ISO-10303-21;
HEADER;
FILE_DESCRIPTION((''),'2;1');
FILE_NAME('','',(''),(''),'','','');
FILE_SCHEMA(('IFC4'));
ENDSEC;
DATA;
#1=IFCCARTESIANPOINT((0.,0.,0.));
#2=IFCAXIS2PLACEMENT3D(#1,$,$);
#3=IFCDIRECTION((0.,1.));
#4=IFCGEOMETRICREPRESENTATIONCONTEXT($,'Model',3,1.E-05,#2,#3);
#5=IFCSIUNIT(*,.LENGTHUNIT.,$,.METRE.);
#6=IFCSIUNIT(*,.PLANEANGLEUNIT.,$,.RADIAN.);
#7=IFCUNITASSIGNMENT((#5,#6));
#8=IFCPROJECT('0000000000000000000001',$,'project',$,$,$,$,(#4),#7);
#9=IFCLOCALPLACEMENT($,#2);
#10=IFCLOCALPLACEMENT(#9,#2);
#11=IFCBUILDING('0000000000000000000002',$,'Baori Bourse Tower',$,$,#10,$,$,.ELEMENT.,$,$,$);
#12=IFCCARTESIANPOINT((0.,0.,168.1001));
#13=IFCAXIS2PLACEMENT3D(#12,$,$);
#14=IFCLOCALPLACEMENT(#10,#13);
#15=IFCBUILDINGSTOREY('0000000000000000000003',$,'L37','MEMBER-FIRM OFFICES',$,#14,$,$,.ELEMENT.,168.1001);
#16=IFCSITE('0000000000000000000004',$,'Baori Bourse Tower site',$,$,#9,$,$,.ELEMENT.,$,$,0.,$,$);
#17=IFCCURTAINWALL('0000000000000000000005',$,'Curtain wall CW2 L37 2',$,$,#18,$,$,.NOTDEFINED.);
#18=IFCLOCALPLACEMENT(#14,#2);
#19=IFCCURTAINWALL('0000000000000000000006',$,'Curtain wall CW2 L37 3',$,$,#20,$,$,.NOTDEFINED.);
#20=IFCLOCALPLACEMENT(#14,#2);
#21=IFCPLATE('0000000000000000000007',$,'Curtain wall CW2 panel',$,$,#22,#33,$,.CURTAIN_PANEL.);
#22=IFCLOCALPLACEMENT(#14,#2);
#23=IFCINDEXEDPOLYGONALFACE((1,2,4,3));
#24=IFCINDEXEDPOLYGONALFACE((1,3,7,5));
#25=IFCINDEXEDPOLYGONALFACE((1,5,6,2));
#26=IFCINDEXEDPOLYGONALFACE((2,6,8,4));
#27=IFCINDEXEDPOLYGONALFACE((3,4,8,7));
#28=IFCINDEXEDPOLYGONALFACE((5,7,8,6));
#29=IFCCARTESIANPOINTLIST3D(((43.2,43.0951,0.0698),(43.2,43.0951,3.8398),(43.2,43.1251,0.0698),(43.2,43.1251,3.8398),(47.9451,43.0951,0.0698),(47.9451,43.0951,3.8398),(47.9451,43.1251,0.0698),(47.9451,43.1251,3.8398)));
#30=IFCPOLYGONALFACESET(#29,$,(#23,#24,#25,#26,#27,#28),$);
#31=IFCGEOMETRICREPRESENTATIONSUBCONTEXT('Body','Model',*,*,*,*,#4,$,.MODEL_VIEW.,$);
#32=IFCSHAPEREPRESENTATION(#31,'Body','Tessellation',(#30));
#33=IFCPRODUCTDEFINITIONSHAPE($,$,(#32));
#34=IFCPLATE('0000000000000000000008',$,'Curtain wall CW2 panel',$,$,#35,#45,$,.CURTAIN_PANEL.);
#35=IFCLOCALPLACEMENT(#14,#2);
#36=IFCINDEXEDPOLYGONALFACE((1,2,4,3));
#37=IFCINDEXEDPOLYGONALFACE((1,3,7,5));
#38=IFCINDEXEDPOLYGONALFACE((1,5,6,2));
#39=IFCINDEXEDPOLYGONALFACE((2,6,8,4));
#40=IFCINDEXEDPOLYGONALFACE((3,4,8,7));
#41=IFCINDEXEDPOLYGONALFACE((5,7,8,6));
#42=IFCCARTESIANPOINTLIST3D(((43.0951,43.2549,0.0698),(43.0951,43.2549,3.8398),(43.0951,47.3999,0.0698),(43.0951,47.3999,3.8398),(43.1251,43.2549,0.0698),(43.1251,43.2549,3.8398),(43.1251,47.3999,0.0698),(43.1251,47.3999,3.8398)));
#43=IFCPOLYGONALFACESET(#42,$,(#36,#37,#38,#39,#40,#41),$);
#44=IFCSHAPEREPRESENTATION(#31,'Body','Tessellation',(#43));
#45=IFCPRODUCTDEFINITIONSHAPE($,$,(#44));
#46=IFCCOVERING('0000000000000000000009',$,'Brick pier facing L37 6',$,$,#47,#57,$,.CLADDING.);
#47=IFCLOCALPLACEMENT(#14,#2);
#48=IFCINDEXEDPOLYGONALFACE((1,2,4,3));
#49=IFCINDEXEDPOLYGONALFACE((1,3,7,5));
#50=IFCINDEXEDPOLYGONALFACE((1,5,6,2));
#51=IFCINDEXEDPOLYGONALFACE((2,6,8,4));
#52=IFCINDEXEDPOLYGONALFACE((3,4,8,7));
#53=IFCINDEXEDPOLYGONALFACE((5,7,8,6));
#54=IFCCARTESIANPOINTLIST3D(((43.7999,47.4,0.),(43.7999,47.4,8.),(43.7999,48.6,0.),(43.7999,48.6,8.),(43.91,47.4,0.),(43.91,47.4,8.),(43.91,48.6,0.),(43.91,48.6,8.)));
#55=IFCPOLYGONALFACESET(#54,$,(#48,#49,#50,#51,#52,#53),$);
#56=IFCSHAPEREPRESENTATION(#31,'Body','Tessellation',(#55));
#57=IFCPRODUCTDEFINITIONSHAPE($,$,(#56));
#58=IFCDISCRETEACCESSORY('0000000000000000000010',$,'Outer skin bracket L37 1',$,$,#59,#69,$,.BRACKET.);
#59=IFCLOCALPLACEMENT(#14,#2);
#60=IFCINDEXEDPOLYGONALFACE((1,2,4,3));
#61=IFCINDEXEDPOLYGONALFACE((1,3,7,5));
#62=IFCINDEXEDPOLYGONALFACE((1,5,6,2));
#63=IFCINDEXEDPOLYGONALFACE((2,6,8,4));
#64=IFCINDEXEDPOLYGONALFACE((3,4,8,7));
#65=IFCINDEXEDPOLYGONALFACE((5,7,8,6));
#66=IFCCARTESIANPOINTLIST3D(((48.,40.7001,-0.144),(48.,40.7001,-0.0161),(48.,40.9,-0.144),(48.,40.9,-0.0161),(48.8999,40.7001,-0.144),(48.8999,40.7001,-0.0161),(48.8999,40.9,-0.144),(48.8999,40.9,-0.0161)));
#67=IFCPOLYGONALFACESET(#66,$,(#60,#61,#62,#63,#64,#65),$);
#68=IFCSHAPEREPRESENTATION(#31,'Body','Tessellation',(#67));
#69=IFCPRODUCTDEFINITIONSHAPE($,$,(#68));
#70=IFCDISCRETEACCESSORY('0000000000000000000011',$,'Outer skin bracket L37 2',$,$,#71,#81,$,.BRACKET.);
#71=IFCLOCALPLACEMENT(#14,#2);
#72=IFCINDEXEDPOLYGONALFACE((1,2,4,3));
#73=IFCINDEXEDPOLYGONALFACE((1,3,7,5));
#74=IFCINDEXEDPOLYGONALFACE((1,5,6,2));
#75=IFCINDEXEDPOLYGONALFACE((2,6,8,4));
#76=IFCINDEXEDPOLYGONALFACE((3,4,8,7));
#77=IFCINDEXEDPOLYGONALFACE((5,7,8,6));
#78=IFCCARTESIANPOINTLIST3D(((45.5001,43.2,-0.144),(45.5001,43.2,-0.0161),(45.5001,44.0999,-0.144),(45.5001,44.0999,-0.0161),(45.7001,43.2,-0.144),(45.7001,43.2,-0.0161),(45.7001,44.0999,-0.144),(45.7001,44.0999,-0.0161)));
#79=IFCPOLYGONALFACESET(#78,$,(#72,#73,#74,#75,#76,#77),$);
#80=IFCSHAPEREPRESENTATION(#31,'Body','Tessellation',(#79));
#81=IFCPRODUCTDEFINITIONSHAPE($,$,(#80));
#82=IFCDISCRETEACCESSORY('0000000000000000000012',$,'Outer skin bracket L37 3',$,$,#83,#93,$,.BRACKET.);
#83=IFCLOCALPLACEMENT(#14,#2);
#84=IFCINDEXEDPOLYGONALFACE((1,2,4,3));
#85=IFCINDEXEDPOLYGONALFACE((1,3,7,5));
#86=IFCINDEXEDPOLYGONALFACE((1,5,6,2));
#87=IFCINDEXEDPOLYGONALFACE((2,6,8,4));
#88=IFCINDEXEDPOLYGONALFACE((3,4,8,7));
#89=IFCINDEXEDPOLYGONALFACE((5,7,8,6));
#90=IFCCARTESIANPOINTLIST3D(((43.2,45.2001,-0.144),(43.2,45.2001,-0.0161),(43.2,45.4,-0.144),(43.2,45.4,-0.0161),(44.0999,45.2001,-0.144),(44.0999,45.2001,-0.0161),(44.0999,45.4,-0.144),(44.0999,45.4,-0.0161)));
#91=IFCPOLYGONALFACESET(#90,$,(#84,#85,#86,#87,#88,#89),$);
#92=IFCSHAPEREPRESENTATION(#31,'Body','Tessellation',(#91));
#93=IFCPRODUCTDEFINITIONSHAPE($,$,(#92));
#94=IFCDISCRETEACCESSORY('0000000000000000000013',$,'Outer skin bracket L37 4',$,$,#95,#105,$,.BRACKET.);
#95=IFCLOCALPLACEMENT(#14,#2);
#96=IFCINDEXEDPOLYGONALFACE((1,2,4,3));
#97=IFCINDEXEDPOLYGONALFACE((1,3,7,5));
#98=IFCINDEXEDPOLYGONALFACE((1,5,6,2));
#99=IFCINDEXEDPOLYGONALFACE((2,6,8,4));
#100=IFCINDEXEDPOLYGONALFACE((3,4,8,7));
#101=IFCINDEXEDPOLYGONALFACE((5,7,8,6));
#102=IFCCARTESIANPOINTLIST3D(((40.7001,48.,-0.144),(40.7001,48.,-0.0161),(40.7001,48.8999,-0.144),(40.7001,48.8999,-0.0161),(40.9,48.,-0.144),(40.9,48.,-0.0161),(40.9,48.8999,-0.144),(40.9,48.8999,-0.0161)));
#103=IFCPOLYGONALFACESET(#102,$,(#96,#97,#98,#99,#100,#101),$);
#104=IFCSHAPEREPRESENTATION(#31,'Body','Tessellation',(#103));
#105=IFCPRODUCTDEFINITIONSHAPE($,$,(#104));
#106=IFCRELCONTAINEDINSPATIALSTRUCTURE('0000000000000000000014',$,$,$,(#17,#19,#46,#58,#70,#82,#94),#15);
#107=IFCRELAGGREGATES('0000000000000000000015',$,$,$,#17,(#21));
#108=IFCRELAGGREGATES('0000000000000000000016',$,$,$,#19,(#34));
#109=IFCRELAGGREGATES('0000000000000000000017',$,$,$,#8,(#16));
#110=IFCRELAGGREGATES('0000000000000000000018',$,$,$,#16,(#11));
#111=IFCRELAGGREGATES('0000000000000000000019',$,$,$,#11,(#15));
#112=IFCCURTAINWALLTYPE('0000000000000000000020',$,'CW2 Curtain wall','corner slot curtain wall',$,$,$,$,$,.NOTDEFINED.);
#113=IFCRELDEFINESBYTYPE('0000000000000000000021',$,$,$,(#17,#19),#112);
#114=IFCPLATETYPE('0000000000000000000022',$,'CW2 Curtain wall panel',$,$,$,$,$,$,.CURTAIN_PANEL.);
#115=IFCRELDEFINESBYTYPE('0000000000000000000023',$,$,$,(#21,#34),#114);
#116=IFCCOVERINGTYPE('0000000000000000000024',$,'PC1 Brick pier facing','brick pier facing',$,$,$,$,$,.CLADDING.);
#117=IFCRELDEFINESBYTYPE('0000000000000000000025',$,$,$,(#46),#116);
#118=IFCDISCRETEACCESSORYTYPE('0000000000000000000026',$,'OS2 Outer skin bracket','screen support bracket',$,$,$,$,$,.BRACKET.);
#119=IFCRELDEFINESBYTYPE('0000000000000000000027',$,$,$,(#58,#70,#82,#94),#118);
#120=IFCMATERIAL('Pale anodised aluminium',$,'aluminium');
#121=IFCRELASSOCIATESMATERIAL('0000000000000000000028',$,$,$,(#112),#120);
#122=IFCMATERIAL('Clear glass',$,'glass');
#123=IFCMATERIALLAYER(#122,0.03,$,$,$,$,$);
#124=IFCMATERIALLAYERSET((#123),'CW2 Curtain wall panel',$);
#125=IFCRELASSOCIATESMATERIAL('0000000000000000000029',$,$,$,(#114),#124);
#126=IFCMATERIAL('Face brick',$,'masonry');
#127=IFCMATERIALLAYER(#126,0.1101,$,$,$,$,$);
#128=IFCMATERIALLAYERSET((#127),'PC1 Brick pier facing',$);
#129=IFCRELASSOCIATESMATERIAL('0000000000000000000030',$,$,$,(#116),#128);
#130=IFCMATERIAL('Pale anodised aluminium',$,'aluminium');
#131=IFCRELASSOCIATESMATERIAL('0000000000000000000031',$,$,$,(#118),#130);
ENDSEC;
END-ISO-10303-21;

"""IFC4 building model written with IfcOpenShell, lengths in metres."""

from ifc_helpers import new_model, si_unit, direction, frame, origin, origin_2d, place, context, subcontext, project, spatial, rectangle, extrude, material, layer, layer_set, type_object, element, aggregate, save


model = new_model("IFC4")

# Units and contexts
model_context = context("Model", 3, precision=1e-05, world=origin(), true_north=direction((0.0, 1.0)))
body_context = subcontext(model_context, "Body", "Model", "MODEL_VIEW")
ifc_project = project(units=[si_unit("LENGTHUNIT", "METRE"), si_unit("PLANEANGLEUNIT", "RADIAN")], contexts=[model_context])

# Site, building, storey
site_placement = place(None, origin())
site = spatial("IfcSite", under=ifc_project, at=site_placement, Name="Baori Bourse Tower site", CompositionType="ELEMENT", RefElevation=0.0)
building_placement = place(site_placement, origin())
building = spatial("IfcBuilding", under=site, at=building_placement, Name="Baori Bourse Tower", CompositionType="ELEMENT")
storey_placement = place(building_placement, frame((0.0, 0.0, 168.1001)))
storey = spatial("IfcBuildingStorey", under=building, at=storey_placement, Name="L37", Description="MEMBER-FIRM OFFICES", CompositionType="ELEMENT", Elevation=168.1001)

# Curtain walls
ifc_material_1 = material(Name="Pale anodised aluminium", Category="aluminium")
curtain_wall_type_1 = type_object("IfcCurtainWallType", Name="CW2 Curtain wall", Description="corner slot curtain wall", PredefinedType="NOTDEFINED", material=ifc_material_1)
curtain_wall_1_placement = place(storey_placement, origin())
curtain_wall_1 = element("IfcCurtainWall", 1, at=curtain_wall_1_placement, inside=storey, type_object=curtain_wall_type_1, Name="Curtain wall CW2 L37 2", PredefinedType="NOTDEFINED")
curtain_wall_2_placement = place(storey_placement, origin())
curtain_wall_2 = element("IfcCurtainWall", 2, at=curtain_wall_2_placement, inside=storey, type_object=curtain_wall_type_1, Name="Curtain wall CW2 L37 3", PredefinedType="NOTDEFINED")

# Shared definitions
ifc_material_2 = material(Name="Clear glass", Category="glass")
ifc_layer_1 = layer(ifc_material_2, 0.03)
ifc_layer_set_1 = layer_set([ifc_layer_1], Name="CW2 Curtain wall panel")
plate_type_1 = type_object("IfcPlateType", Name="CW2 Curtain wall panel", PredefinedType="CURTAIN_PANEL", material=ifc_layer_set_1)

# Plates
plate_1_placement = place(storey_placement, frame((45.5725, 43.1101, 0.0698), z_axis=(0.0, 0.0, 1.0), x_axis=(-1.0, 0.0, 0.0)))
plate_1 = element("IfcPlate", 3, at=plate_1_placement, type_object=plate_type_1, Name="Curtain wall CW2 panel", PredefinedType="CURTAIN_PANEL", context=body_context, shape_type="SweptSolid", body=[
    extrude(rectangle(XDim=4.7451, YDim=0.03, at=origin_2d()), origin(), (0.0, 0.0, 1.0), 3.77),
])
aggregate(curtain_wall_1, [plate_1])
plate_2_placement = place(storey_placement, frame((43.1101, 45.3274, 0.0698), z_axis=(0.0, 0.0, 1.0), x_axis=(0.0, 1.0, 0.0)))
plate_2 = element("IfcPlate", 4, at=plate_2_placement, type_object=plate_type_1, Name="Curtain wall CW2 panel", PredefinedType="CURTAIN_PANEL", context=body_context, shape_type="SweptSolid", body=[
    extrude(rectangle(XDim=4.145, YDim=0.03, at=origin_2d()), origin(), (0.0, 0.0, 1.0), 3.77),
])
aggregate(curtain_wall_2, [plate_2])

# Covering
ifc_material_3 = material(Name="Face brick", Category="masonry")
ifc_layer_2 = layer(ifc_material_3, 0.1101)
ifc_layer_set_2 = layer_set([ifc_layer_2], Name="PC1 Brick pier facing")
covering_type = type_object("IfcCoveringType", Name="PC1 Brick pier facing", Description="brick pier facing", PredefinedType="CLADDING", material=ifc_layer_set_2)
covering_placement = place(storey_placement, frame((43.855, 48.0, 0.0), z_axis=(0.0, 0.0, 1.0), x_axis=(1.0, 0.0, 0.0)))
element("IfcCovering", 5, at=covering_placement, inside=storey, type_object=covering_type, Name="Brick pier facing L37 6", PredefinedType="CLADDING", context=body_context, shape_type="SweptSolid", body=[
    extrude(rectangle(XDim=0.1101, YDim=1.2, at=origin_2d()), origin(), (0.0, 0.0, 1.0), 8.0),
])

# Discrete accessories
ifc_material_4 = material(Name="Pale anodised aluminium", Category="aluminium")
discrete_accessory_type = type_object("IfcDiscreteAccessoryType", Name="OS2 Outer skin bracket", Description="screen support bracket", PredefinedType="BRACKET", material=ifc_material_4)
for number, where, z_axis, x_axis, name in (
    (6, (48.45, 40.8, -0.144), (0.0, 0.0, 1.0), (0.0, 1.0, 0.0), "Outer skin bracket L37 1"),
    (7, (45.6001, 43.6499, -0.144), (0.0, 0.0, 1.0), (-1.0, 0.0, 0.0), "Outer skin bracket L37 2"),
    (8, (43.6499, 45.3, -0.144), (0.0, 0.0, 1.0), (0.0, 1.0, 0.0), "Outer skin bracket L37 3"),
    (9, (40.8, 48.45, -0.144), (0.0, 0.0, 1.0), (-1.0, 0.0, 0.0), "Outer skin bracket L37 4"),
):
    element("IfcDiscreteAccessory", number, at=place(storey_placement, frame(where, z_axis=z_axis, x_axis=x_axis)), inside=storey, type_object=discrete_accessory_type, Name=name, PredefinedType="BRACKET", context=body_context, shape_type="SweptSolid", body=[
        extrude(rectangle(XDim=0.2, YDim=0.8999, at=origin_2d()), origin(), (0.0, 0.0, 1.0), 0.1279),
    ])

save(model, "model.ifc")
